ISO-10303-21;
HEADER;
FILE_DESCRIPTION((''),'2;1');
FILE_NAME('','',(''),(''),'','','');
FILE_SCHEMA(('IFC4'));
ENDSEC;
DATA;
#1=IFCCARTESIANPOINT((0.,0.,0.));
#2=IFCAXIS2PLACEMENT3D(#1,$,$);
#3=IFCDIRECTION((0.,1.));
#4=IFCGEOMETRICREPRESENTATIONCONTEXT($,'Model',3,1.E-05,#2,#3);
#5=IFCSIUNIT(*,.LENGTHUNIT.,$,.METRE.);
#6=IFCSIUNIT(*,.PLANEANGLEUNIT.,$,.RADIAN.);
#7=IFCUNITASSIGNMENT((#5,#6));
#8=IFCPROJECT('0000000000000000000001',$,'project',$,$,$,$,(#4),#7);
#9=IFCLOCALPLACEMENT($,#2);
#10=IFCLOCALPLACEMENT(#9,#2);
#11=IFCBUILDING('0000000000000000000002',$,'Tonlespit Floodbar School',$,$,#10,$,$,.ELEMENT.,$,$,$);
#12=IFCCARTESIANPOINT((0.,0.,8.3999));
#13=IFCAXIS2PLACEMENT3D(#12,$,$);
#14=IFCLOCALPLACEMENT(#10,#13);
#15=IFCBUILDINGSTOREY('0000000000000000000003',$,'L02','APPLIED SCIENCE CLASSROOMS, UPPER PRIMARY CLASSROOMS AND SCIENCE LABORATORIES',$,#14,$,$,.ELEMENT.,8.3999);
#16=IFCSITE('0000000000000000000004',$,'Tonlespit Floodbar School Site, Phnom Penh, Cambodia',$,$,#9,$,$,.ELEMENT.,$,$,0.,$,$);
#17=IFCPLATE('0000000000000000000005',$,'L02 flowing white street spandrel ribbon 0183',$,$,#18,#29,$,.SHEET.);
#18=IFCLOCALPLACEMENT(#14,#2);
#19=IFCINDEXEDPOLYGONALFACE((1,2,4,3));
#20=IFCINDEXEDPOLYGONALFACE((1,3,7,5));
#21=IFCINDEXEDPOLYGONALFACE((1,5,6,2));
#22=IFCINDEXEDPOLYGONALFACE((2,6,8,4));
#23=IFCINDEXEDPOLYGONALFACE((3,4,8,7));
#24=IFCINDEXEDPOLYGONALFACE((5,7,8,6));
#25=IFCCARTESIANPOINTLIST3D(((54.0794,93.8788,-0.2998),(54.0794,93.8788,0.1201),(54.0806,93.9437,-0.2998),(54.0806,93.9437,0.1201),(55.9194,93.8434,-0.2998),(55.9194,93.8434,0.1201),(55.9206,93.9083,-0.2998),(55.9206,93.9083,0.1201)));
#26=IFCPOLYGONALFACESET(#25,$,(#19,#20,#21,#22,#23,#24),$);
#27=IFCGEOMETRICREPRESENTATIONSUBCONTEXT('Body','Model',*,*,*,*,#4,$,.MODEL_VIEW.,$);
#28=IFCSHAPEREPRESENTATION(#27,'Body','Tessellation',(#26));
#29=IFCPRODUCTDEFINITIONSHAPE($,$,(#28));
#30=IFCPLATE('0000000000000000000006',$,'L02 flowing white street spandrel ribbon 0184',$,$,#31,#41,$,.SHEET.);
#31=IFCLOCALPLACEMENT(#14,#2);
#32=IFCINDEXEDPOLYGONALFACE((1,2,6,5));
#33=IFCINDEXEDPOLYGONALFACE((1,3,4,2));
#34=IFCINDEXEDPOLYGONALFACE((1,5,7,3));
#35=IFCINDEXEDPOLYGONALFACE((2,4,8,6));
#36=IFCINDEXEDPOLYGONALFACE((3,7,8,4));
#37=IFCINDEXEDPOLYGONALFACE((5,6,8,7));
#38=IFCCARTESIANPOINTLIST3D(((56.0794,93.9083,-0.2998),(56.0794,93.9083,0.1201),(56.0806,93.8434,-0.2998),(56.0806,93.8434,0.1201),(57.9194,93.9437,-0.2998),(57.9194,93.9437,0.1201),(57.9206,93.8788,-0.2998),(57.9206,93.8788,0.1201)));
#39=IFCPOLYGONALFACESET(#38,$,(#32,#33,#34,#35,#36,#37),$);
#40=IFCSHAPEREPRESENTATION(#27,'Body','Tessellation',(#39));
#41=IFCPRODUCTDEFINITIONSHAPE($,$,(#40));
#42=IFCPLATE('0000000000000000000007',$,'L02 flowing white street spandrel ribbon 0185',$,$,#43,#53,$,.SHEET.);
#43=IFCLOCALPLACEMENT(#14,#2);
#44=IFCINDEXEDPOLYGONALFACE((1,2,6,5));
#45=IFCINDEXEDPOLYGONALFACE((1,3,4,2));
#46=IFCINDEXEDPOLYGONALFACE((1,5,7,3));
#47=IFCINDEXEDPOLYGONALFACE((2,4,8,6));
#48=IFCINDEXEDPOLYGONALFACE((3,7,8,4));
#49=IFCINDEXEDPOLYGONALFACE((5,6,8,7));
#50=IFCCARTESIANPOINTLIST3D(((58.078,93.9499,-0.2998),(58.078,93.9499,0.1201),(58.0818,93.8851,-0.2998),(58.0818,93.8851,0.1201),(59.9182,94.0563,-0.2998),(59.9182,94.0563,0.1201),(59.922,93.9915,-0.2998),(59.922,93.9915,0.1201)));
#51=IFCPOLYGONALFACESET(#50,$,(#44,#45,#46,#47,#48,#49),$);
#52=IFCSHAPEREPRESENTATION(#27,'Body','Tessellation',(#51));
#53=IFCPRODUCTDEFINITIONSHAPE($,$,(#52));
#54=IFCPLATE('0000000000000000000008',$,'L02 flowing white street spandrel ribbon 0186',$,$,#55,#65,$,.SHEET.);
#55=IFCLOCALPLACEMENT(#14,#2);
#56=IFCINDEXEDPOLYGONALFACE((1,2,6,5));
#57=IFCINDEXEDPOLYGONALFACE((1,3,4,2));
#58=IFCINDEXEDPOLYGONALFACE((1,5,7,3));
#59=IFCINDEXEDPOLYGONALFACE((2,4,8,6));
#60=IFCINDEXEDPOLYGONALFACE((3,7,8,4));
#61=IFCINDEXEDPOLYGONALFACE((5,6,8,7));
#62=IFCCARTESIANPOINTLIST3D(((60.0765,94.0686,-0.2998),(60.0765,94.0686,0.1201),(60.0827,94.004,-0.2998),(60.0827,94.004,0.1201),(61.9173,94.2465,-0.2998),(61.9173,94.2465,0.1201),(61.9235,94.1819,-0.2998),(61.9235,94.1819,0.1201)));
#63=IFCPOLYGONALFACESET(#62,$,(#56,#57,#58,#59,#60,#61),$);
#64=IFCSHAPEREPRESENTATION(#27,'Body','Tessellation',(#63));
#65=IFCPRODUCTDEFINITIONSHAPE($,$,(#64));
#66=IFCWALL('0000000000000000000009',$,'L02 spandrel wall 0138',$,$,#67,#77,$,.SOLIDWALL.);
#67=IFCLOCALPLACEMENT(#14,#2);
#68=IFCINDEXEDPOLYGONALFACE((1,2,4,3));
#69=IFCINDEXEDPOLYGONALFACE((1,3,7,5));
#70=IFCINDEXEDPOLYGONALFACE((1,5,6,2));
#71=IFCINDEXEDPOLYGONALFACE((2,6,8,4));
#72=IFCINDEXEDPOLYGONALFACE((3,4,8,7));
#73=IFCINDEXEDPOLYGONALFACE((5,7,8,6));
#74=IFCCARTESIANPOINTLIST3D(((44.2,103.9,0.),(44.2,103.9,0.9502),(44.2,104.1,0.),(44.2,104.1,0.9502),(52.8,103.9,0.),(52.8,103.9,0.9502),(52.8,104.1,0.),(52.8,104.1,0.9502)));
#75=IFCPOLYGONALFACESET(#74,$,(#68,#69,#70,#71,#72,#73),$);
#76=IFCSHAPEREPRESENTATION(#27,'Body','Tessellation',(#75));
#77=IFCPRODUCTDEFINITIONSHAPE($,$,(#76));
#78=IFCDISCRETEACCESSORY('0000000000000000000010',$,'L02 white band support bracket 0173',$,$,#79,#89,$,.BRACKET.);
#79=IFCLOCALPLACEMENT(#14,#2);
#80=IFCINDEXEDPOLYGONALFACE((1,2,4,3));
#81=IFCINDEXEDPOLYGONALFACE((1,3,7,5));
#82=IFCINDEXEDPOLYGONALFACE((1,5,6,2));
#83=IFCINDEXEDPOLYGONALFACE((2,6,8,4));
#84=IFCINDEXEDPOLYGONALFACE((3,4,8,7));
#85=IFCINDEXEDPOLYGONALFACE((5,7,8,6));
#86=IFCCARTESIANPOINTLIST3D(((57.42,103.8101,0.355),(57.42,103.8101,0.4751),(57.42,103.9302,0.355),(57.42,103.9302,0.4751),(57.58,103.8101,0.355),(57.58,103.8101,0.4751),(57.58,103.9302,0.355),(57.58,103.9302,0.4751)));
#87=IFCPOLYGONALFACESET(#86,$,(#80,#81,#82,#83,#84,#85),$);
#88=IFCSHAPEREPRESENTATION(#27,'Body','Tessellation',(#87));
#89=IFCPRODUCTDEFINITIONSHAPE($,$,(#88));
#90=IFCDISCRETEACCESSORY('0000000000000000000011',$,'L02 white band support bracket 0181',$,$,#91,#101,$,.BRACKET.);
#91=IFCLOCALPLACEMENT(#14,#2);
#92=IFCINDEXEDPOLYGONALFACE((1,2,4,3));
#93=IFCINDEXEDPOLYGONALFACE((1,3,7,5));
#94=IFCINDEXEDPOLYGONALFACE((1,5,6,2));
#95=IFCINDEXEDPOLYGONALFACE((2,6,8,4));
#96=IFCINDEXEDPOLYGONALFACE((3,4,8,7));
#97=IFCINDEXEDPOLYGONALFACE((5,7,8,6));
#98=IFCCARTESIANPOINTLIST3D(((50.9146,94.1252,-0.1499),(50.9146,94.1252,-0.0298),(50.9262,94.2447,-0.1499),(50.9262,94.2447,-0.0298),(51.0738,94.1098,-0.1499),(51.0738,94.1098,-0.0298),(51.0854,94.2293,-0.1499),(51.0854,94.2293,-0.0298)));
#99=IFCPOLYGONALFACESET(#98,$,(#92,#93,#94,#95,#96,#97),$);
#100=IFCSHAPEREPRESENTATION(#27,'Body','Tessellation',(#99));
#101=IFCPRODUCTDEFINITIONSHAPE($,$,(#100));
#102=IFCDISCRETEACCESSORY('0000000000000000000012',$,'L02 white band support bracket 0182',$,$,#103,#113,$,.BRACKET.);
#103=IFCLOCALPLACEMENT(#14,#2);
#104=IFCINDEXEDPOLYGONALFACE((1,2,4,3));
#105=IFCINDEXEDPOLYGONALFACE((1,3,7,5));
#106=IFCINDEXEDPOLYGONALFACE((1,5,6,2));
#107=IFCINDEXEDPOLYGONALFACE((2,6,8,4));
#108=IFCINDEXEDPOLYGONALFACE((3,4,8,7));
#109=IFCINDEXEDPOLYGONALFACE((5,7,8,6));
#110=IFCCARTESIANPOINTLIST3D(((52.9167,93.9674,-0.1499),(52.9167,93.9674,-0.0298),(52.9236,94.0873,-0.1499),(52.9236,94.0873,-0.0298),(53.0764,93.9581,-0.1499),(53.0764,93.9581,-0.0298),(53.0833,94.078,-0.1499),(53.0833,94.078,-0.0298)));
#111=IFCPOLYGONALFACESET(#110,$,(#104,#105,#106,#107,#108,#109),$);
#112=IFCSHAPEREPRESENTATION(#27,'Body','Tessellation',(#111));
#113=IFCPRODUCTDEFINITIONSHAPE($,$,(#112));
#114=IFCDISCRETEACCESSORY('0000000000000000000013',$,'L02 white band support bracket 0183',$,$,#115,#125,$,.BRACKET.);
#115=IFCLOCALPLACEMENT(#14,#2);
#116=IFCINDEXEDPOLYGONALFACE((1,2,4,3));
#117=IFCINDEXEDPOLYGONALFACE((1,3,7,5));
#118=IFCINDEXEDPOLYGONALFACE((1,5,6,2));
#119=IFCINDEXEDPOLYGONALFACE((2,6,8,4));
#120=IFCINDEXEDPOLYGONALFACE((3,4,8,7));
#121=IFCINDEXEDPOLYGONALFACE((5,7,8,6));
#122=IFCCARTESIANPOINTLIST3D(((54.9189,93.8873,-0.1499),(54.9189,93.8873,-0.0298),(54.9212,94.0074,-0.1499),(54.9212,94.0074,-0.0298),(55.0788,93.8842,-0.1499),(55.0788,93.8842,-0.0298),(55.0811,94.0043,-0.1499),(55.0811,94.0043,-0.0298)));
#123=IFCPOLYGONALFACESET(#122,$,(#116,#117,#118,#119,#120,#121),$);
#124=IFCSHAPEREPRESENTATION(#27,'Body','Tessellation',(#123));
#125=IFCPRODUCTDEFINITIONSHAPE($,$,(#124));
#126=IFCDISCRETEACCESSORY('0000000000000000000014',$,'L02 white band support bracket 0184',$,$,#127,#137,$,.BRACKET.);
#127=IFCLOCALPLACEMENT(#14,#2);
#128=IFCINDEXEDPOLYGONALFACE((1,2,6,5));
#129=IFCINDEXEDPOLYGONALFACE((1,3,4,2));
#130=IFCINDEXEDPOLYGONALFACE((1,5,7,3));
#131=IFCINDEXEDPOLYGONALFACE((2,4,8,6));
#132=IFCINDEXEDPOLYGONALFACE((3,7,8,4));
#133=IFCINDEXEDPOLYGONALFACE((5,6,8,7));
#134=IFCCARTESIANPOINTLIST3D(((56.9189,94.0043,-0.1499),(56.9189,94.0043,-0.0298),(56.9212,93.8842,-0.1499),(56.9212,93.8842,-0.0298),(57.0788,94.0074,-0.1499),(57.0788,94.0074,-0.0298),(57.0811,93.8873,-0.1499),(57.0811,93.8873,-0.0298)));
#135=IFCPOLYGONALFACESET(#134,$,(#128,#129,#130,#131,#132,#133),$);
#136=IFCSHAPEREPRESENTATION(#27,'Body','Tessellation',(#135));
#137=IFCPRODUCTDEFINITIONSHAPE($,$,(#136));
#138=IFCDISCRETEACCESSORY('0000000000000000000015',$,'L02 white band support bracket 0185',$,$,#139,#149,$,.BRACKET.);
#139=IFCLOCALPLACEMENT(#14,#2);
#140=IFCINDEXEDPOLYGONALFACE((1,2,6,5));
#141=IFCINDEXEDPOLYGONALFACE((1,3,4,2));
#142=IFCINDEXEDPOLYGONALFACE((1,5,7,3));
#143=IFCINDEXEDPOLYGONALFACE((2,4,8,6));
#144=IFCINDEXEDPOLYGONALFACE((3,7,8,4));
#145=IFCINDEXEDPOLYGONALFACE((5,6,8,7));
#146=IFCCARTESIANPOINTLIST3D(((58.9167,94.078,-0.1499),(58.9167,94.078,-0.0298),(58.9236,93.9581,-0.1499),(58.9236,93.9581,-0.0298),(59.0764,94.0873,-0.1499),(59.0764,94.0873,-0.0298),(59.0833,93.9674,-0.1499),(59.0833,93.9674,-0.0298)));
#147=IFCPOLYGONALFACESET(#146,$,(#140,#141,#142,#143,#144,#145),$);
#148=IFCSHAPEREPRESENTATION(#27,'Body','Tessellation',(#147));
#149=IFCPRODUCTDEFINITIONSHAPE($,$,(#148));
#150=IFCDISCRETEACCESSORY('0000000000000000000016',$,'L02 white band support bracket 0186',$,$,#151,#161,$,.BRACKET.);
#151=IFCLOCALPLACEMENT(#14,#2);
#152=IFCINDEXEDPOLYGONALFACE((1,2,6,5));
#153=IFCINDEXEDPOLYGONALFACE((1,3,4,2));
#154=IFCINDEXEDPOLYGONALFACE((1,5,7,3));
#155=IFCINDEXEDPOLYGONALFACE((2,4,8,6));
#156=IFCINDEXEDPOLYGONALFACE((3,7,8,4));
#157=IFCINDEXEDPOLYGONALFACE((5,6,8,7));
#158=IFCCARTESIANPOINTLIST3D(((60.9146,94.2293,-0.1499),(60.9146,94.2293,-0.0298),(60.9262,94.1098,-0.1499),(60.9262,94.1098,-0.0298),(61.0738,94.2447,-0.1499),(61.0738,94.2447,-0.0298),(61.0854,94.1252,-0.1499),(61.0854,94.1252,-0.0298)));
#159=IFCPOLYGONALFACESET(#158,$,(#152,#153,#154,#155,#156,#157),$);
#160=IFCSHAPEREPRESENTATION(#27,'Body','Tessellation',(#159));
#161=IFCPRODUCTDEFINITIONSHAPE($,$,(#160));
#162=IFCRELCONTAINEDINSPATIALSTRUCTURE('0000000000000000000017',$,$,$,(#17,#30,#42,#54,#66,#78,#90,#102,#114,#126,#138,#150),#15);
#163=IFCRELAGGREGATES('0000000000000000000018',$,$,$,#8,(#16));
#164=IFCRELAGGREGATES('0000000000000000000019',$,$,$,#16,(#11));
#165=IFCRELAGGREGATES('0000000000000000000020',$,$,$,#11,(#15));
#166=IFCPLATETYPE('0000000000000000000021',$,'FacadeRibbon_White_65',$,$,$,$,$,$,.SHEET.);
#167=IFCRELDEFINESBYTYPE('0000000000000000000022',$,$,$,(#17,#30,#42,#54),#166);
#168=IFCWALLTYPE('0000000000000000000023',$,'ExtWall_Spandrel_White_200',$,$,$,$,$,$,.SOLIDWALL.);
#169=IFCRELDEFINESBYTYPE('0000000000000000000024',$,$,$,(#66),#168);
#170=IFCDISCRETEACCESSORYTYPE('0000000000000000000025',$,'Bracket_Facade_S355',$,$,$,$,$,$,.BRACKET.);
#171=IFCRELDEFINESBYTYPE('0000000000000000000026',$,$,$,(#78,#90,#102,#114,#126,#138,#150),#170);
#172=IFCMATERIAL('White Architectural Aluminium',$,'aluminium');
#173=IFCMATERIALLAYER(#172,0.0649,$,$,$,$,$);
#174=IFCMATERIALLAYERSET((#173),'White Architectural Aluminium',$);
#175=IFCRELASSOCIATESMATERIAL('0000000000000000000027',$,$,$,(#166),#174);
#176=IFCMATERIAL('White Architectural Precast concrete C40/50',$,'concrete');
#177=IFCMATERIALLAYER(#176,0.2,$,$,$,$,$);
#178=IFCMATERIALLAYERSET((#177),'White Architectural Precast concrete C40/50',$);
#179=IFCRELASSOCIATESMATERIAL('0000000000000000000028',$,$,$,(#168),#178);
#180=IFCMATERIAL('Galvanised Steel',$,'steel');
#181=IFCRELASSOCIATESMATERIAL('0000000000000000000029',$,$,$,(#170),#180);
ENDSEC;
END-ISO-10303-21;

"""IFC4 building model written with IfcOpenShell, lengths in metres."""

from ifc_helpers import new_model, si_unit, direction, frame, frame_2d, origin, origin_2d, place, context, subcontext, project, spatial, rectangle, extrude, material, layer, layer_set, type_object, element, save


model = new_model("IFC4")

# Units and contexts
model_context = context("Model", 3, precision=1e-05, world=origin(), true_north=direction((0.0, 1.0)))
body_context = subcontext(model_context, "Body", "Model", "MODEL_VIEW")
ifc_project = project(units=[si_unit("LENGTHUNIT", "METRE"), si_unit("PLANEANGLEUNIT", "RADIAN")], contexts=[model_context])

# Site, building, storey
site_placement = place(None, origin())
site = spatial("IfcSite", under=ifc_project, at=site_placement, Name="Tonlespit Floodbar School Site, Phnom Penh, Cambodia", CompositionType="ELEMENT", RefElevation=0.0)
building_placement = place(site_placement, origin())
building = spatial("IfcBuilding", under=site, at=building_placement, Name="Tonlespit Floodbar School", CompositionType="ELEMENT")
storey_placement = place(building_placement, frame((0.0, 0.0, 8.3999)))
storey = spatial("IfcBuildingStorey", under=building, at=storey_placement, Name="L02", Description="APPLIED SCIENCE CLASSROOMS, UPPER PRIMARY CLASSROOMS AND SCIENCE LABORATORIES", CompositionType="ELEMENT", Elevation=8.3999)

# Plates
ifc_material_1 = material(Name="White Architectural Aluminium", Category="aluminium")
ifc_layer_1 = layer(ifc_material_1, 0.0649)
ifc_layer_set_1 = layer_set([ifc_layer_1], Name="White Architectural Aluminium")
plate_type_1 = type_object("IfcPlateType", Name="FacadeRibbon_White_65", PredefinedType="SHEET", material=ifc_layer_set_1)
for number, where, z_axis, x_axis, name in (
    (1, (55.0, 93.8936, -0.2998), (0.0, 0.0, 1.0), (0.999815, -0.019246, 0.0), "L02 flowing white street spandrel ribbon 0183"),
    (2, (57.0, 93.8936, -0.2998), (0.0, 0.0, 1.0), (0.999815, 0.019246, 0.0), "L02 flowing white street spandrel ribbon 0184"),
):
    element("IfcPlate", number, at=place(storey_placement, frame(where, z_axis=z_axis, x_axis=x_axis)), inside=storey, type_object=plate_type_1, Name=name, PredefinedType="SHEET", context=body_context, shape_type="SweptSolid", body=[
        extrude(rectangle(XDim=1.8403, YDim=0.0649, at=origin_2d()), origin(), (0.0, 0.0, 1.0), 0.4199),
    ])
plate_1_placement = place(storey_placement, frame((59.0, 93.9707, -0.2998), z_axis=(0.0, 0.0, 1.0), x_axis=(0.998334, 0.057703, 0.0)))
element("IfcPlate", 3, at=plate_1_placement, inside=storey, type_object=plate_type_1, Name="L02 flowing white street spandrel ribbon 0185", PredefinedType="SHEET", context=body_context, shape_type="SweptSolid", body=[
    extrude(rectangle(XDim=1.8433, YDim=0.0649, at=origin_2d()), origin(), (0.0, 0.0, 1.0), 0.4199),
])
plate_2_placement = place(storey_placement, frame((61.0, 94.1252, -0.2998), z_axis=(0.0, 0.0, 1.0), x_axis=(0.995362, 0.096202, 0.0)))
element("IfcPlate", 4, at=plate_2_placement, inside=storey, type_object=plate_type_1, Name="L02 flowing white street spandrel ribbon 0186", PredefinedType="SHEET", context=body_context, shape_type="SweptSolid", body=[
    extrude(rectangle(XDim=1.8494, YDim=0.0649, at=origin_2d()), origin(), (0.0, 0.0, 1.0), 0.4199),
])

# Wall
ifc_material_2 = material(Name="White Architectural Precast concrete C40/50", Category="concrete")
ifc_layer_2 = layer(ifc_material_2, 0.2)
ifc_layer_set_2 = layer_set([ifc_layer_2], Name="White Architectural Precast concrete C40/50")
wall_type = type_object("IfcWallType", Name="ExtWall_Spandrel_White_200", PredefinedType="SOLIDWALL", material=ifc_layer_set_2)
wall_placement = place(storey_placement, frame((52.8, 104.0, 0.0), z_axis=(0.0, 0.0, 1.0), x_axis=(-1.0, 0.0, 0.0)))
element("IfcWall", 5, at=wall_placement, inside=storey, type_object=wall_type, Name="L02 spandrel wall 0138", PredefinedType="SOLIDWALL", context=body_context, shape_type="SweptSolid", body=[
    extrude(rectangle(XDim=8.6001, YDim=0.2, at=frame_2d((4.3, 0.0))), origin(), (0.0, 0.0, 1.0), 0.9502),
])

# Discrete accessories
ifc_material_3 = material(Name="Galvanised Steel", Category="steel")
discrete_accessory_type = type_object("IfcDiscreteAccessoryType", Name="Bracket_Facade_S355", PredefinedType="BRACKET", material=ifc_material_3)
for number, where, z_axis, x_axis, name in (
    (6, (57.5, 103.8701, 0.355), (0.0, 0.0, 1.0), (-1.0, 0.0, 0.0), "L02 white band support bracket 0173"),
    (7, (51.0, 94.1772, -0.1499), (0.0, 0.0, 1.0), (0.995362, -0.096202, 0.0), "L02 white band support bracket 0181"),
    (8, (53.0, 94.0227, -0.1499), (0.0, 0.0, 1.0), (0.998334, -0.057703, 0.0), "L02 white band support bracket 0182"),
    (9, (55.0, 93.9458, -0.1499), (0.0, 0.0, 1.0), (0.999815, -0.019246, 0.0), "L02 white band support bracket 0183"),
    (10, (57.0, 93.9458, -0.1499), (0.0, 0.0, 1.0), (0.999815, 0.019246, 0.0), "L02 white band support bracket 0184"),
    (11, (59.0, 94.0227, -0.1499), (0.0, 0.0, 1.0), (0.998334, 0.057703, 0.0), "L02 white band support bracket 0185"),
    (12, (61.0, 94.1772, -0.1499), (0.0, 0.0, 1.0), (0.995362, 0.096202, 0.0), "L02 white band support bracket 0186"),
):
    element("IfcDiscreteAccessory", number, at=place(storey_placement, frame(where, z_axis=z_axis, x_axis=x_axis)), inside=storey, type_object=discrete_accessory_type, Name=name, PredefinedType="BRACKET", context=body_context, shape_type="SweptSolid", body=[
        extrude(rectangle(XDim=0.1599, YDim=0.1201, at=origin_2d()), origin(), (0.0, 0.0, 1.0), 0.1201),
    ])

save(model, "model.ifc")
